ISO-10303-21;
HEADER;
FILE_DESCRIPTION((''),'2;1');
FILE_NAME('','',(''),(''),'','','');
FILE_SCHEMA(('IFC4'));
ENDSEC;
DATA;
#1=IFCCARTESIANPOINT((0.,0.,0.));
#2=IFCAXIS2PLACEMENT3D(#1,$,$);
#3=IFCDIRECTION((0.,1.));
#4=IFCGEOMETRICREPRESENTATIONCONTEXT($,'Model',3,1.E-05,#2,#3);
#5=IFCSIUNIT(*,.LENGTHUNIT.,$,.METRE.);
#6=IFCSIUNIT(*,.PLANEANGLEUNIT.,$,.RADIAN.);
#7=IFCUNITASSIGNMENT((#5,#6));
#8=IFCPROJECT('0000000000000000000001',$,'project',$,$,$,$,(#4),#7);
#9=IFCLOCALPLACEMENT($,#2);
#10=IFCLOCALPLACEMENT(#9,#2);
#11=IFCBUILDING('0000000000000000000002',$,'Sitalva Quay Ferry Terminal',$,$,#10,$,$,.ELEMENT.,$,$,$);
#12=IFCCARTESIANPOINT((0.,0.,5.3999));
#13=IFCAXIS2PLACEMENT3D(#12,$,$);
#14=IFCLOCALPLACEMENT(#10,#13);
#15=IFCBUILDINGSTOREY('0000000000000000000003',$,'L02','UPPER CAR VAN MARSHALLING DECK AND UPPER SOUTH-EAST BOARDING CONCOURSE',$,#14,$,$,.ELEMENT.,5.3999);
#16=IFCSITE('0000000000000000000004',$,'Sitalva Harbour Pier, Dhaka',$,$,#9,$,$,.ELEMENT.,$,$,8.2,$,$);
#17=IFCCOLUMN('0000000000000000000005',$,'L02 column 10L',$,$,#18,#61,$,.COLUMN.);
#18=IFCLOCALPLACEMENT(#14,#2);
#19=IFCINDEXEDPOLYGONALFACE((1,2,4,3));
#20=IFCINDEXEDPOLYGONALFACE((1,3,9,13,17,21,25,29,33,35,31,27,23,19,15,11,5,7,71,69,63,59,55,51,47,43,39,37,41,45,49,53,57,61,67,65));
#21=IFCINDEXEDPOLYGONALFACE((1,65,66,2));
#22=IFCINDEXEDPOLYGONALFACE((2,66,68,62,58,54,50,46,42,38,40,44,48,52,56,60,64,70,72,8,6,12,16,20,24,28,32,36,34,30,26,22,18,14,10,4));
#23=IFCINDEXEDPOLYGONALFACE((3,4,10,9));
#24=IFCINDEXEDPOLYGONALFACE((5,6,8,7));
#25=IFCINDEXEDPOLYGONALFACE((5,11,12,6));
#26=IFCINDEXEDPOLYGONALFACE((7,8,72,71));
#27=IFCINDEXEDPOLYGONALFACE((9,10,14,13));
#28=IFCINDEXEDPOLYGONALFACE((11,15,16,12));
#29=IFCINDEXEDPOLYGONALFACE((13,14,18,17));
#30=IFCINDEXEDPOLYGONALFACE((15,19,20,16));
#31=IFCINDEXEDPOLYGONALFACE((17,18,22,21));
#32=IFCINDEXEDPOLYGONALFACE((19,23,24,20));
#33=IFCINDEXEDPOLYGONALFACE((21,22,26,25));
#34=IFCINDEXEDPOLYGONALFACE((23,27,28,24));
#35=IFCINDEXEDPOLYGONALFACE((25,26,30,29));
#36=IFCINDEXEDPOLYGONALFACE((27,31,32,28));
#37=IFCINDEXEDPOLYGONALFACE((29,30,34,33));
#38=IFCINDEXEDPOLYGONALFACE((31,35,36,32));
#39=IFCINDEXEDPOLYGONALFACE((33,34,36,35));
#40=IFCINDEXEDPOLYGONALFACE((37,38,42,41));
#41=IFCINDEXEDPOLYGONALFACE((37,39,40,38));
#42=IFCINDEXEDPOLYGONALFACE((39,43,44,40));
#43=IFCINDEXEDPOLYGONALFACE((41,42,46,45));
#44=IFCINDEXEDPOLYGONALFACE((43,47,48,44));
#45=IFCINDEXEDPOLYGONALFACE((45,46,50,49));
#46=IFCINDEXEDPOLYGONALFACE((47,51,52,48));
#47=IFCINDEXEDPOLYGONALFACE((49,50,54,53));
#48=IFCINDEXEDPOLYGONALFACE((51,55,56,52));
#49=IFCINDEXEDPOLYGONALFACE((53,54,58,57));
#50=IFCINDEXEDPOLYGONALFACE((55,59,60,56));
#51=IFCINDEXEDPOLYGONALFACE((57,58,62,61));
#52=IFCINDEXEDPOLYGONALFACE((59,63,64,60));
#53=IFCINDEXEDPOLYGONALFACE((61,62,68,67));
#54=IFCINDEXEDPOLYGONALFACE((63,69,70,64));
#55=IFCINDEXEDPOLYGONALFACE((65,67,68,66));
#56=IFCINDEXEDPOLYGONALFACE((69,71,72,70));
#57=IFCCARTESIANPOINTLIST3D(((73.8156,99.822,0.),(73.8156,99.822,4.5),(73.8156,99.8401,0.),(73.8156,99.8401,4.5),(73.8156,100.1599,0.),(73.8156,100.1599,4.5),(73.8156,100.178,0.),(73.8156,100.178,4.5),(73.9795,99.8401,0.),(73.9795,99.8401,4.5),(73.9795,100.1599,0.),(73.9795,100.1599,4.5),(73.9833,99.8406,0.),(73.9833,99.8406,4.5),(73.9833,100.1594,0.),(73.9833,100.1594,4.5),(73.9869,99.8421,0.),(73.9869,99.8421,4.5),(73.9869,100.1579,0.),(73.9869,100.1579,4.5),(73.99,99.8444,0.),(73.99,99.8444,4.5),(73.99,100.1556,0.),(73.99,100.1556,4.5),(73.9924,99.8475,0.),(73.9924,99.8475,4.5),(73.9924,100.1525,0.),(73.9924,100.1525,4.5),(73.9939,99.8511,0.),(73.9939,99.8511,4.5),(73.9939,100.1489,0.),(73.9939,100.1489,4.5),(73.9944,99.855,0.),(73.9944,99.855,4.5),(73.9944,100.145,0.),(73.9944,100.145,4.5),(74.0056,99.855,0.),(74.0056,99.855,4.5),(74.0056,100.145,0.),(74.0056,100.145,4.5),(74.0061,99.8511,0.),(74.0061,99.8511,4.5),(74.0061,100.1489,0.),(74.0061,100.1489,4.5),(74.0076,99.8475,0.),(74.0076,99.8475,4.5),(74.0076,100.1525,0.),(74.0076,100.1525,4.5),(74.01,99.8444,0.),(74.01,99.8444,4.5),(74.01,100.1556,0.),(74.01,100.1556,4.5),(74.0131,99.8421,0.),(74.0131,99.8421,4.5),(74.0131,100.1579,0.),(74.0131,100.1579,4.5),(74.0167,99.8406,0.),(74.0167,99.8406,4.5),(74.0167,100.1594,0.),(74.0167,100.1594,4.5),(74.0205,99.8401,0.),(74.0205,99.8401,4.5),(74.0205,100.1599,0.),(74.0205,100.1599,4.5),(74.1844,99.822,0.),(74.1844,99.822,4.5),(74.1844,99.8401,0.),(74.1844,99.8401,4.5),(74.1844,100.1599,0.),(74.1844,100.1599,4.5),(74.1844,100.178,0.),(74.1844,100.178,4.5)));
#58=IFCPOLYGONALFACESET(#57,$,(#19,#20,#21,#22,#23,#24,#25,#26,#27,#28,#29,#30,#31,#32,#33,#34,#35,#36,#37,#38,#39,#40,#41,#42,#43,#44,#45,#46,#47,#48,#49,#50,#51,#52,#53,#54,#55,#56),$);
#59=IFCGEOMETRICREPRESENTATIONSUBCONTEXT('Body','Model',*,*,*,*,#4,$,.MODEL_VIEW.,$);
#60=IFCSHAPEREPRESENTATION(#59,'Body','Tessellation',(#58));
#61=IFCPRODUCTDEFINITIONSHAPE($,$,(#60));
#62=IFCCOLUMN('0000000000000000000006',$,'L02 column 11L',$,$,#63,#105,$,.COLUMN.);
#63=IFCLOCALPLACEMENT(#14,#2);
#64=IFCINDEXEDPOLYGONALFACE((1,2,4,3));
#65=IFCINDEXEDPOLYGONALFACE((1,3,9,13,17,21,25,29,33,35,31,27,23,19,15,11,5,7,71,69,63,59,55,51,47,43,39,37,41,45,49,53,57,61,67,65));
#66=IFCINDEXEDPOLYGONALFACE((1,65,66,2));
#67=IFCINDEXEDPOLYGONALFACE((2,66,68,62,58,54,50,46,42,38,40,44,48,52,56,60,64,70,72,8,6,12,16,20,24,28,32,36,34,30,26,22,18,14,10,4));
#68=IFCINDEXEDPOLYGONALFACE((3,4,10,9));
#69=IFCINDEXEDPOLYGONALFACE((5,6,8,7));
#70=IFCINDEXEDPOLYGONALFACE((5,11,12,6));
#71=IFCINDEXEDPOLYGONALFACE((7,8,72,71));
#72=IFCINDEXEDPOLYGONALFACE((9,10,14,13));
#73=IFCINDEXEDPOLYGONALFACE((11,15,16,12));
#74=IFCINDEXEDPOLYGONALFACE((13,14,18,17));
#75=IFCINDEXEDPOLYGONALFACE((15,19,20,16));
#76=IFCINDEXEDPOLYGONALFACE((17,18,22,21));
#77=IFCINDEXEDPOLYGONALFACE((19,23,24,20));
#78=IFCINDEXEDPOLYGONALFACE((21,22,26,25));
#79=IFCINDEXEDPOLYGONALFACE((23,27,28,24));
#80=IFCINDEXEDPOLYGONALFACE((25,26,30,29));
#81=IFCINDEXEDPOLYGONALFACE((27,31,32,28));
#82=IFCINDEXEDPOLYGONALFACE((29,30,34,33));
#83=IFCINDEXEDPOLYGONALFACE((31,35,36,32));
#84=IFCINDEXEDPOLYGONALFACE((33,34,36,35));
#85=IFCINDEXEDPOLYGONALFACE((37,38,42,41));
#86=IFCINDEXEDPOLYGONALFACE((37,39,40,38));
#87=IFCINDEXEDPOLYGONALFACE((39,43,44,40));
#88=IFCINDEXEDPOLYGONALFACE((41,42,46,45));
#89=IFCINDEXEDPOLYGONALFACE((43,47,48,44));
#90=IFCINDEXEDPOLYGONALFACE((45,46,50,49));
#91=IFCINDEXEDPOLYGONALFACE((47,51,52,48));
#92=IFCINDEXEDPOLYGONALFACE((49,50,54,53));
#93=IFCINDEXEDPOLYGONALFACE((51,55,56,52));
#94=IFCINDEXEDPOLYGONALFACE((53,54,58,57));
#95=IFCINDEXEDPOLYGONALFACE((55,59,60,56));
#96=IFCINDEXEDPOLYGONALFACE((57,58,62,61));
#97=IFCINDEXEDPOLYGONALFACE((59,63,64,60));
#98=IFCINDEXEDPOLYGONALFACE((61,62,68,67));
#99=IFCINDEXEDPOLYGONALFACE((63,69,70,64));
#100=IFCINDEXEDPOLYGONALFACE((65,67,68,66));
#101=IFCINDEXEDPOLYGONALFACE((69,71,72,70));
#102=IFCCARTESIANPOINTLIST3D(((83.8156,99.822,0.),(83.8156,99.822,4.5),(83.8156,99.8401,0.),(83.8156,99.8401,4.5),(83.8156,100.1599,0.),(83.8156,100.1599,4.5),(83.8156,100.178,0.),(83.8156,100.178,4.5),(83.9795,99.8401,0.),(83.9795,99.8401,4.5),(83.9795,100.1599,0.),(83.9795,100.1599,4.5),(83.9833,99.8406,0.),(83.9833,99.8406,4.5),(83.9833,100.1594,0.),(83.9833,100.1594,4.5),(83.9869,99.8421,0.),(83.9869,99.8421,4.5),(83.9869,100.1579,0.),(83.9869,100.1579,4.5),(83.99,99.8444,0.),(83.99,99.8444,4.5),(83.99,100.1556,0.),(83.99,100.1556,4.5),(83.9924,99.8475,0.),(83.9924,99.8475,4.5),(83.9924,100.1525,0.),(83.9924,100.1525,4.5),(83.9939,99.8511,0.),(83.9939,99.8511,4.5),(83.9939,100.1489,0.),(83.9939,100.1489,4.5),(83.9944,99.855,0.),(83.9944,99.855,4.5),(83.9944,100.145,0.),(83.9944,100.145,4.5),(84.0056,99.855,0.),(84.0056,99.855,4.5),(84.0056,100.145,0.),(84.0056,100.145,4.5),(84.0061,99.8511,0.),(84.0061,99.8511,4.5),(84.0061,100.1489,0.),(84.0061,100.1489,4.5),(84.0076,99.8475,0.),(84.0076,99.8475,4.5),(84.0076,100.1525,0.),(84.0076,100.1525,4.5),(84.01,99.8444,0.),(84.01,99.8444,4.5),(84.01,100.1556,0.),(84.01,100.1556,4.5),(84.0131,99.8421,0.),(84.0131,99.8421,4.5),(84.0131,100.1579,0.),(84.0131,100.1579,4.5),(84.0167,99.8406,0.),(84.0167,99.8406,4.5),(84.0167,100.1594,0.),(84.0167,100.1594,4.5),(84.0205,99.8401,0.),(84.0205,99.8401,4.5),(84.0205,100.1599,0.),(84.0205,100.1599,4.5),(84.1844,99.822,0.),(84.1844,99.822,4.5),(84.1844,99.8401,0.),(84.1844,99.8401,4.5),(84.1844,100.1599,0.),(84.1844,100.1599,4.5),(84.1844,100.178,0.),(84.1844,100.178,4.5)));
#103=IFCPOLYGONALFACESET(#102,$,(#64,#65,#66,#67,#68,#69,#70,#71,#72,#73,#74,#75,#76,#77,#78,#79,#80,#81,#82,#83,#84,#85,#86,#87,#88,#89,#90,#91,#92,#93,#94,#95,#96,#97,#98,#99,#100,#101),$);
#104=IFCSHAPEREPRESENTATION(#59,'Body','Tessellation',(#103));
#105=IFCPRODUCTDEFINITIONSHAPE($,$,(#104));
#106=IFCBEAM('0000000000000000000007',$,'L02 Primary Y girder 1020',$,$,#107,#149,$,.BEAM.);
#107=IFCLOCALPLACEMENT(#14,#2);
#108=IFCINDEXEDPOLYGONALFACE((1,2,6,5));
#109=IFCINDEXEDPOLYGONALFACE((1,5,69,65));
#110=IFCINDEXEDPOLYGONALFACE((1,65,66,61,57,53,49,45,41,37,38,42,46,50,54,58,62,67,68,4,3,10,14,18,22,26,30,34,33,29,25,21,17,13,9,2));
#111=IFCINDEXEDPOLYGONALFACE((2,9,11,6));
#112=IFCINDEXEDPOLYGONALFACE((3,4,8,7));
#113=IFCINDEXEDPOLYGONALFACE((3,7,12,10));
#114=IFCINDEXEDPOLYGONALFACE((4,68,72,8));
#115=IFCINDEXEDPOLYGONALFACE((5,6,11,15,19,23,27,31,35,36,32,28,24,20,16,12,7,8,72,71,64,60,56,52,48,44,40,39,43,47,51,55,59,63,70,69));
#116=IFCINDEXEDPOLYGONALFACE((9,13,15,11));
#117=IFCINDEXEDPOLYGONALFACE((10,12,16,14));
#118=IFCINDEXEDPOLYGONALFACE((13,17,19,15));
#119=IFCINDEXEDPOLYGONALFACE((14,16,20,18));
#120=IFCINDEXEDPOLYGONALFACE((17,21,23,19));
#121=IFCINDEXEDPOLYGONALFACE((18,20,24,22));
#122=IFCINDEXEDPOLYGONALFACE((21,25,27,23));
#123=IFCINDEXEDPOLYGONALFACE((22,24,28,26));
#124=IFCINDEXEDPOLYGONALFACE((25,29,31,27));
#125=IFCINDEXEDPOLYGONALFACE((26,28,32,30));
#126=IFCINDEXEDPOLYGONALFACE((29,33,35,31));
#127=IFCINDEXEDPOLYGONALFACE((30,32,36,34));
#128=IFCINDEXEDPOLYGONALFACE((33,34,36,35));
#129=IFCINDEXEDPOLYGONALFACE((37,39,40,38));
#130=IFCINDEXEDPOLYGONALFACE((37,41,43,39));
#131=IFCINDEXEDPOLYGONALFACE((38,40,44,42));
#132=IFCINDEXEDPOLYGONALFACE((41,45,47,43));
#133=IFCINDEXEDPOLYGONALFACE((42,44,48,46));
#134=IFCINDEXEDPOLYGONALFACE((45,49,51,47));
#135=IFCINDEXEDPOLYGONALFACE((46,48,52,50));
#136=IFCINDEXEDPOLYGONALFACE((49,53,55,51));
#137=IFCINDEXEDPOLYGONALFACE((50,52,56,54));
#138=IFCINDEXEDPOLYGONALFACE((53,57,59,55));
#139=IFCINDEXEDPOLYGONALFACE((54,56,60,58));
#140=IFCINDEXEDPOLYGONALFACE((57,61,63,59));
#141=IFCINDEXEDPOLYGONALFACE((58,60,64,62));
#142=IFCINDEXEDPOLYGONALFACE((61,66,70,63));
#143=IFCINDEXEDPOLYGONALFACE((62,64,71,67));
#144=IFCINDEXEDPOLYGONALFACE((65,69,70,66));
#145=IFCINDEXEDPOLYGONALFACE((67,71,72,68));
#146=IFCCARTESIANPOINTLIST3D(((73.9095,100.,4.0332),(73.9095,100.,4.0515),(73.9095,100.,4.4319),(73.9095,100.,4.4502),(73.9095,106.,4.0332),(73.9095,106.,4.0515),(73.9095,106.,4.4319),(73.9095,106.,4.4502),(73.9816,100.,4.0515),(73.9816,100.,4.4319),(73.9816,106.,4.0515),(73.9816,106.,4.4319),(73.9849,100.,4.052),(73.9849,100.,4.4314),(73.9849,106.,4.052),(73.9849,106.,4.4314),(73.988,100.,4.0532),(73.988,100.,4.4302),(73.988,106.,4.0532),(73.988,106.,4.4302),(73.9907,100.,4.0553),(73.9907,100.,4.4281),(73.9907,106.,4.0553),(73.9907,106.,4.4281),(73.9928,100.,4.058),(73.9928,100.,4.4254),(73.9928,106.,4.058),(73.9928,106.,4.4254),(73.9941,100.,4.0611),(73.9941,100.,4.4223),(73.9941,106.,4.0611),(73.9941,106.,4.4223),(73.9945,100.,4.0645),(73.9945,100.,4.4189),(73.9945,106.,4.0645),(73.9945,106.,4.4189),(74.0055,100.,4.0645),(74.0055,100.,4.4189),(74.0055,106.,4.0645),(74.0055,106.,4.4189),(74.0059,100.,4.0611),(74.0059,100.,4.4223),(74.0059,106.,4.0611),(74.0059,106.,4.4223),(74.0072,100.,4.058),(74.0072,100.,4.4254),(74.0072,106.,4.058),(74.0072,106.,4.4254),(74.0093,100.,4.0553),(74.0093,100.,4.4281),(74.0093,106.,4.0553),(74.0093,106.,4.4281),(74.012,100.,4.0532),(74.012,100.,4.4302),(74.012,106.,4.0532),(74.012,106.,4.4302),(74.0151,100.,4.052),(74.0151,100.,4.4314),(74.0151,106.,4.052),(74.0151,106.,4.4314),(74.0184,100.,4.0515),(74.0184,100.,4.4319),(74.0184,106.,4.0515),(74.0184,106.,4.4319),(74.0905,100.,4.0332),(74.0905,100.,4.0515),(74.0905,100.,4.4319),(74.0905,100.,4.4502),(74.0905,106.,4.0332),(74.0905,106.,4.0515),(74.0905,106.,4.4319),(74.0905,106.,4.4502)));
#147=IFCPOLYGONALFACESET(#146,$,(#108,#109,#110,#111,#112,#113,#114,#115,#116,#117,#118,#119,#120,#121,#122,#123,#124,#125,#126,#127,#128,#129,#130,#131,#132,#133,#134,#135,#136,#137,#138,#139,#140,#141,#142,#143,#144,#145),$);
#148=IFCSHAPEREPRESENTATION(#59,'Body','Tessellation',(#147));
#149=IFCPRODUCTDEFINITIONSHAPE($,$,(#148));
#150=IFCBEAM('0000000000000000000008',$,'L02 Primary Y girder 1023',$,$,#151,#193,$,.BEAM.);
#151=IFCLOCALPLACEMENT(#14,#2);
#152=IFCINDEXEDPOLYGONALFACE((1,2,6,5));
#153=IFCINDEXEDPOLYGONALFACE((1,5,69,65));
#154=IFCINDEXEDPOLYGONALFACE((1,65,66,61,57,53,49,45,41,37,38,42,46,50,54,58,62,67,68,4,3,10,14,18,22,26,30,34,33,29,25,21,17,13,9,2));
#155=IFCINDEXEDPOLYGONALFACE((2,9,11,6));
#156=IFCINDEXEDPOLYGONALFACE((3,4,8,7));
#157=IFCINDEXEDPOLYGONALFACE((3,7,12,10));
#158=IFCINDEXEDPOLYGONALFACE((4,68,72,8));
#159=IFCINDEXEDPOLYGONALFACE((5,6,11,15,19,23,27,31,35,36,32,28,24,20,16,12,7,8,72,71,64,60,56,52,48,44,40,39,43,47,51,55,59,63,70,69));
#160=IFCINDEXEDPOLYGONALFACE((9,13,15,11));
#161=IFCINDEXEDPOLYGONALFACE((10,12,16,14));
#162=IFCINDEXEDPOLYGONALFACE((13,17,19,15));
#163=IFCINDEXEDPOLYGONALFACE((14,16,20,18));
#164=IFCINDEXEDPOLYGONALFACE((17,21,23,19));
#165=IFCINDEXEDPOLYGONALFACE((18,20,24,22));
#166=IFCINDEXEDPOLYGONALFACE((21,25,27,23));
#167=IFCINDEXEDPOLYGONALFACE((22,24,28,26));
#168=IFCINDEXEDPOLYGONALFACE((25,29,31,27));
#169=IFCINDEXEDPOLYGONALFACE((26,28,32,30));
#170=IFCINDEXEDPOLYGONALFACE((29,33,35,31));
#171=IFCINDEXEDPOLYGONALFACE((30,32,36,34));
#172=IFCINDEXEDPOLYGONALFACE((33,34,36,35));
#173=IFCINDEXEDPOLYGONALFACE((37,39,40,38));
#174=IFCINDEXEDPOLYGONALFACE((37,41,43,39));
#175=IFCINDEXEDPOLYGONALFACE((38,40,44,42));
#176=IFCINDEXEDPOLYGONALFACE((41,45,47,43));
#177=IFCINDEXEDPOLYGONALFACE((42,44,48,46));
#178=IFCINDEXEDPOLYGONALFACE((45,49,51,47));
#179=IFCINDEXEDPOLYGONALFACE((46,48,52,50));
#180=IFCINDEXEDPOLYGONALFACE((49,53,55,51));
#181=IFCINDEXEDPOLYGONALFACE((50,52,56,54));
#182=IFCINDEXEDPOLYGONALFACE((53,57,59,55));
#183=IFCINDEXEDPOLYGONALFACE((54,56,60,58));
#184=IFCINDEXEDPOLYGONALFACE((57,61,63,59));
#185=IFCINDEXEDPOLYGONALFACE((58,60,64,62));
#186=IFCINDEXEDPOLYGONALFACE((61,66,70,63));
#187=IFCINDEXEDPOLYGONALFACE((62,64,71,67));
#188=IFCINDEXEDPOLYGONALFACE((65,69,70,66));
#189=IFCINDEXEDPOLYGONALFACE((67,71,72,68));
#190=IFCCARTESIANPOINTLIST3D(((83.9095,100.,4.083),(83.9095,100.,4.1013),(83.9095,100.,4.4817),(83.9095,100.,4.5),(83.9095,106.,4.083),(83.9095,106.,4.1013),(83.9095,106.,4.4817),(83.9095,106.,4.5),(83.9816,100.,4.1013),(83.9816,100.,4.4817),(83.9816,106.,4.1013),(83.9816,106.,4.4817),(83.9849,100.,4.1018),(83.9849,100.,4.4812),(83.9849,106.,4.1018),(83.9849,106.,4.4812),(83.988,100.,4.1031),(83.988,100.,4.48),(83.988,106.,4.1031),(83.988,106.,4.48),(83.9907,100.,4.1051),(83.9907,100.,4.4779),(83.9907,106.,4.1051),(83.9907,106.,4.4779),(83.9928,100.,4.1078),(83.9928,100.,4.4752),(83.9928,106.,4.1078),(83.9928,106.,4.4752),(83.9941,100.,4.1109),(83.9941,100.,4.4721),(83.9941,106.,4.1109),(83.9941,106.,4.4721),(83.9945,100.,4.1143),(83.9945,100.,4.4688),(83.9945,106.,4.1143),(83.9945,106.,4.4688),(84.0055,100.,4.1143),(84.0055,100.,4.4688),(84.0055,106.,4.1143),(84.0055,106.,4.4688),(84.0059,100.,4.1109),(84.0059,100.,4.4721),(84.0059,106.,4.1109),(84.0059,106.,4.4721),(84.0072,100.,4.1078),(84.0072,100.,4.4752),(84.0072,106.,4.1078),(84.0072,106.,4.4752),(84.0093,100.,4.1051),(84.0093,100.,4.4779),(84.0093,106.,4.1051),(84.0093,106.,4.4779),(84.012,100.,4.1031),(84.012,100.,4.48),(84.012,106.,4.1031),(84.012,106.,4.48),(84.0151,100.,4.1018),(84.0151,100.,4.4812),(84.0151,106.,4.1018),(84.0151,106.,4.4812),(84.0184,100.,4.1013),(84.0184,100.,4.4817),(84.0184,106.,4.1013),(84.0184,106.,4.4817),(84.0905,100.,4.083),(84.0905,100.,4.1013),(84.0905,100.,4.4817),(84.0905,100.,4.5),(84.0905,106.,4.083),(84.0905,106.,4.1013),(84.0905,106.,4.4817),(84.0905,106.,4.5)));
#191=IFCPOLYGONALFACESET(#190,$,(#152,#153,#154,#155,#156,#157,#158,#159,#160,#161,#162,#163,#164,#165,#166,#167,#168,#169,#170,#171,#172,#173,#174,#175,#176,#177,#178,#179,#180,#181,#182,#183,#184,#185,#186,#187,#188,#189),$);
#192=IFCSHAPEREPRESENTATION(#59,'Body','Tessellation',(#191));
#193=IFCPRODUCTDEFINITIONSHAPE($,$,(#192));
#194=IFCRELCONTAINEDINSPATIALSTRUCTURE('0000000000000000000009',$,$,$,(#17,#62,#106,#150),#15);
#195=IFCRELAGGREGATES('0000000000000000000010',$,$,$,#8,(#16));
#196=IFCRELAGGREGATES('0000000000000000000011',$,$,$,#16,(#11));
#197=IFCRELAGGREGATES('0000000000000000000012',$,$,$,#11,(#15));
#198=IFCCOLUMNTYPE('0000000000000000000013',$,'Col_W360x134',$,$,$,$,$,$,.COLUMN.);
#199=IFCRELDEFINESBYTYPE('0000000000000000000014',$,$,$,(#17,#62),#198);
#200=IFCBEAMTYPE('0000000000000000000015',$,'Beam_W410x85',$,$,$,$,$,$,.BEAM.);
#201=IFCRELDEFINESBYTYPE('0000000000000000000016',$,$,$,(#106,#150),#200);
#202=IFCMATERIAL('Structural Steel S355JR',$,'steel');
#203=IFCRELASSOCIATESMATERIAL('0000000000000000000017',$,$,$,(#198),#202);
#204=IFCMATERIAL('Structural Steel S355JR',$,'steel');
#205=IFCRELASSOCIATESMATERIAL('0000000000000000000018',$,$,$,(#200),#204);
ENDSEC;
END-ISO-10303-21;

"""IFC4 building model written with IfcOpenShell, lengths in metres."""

from ifc_helpers import new_model, si_unit, direction, frame, origin, origin_2d, place, context, subcontext, project, spatial, i_section, extrude, material, material_profile, profile_set, type_object, element, save


model = new_model("IFC4")

# Units and contexts
model_context = context("Model", 3, precision=1e-05, world=origin(), true_north=direction((0.0, 1.0)))
body_context = subcontext(model_context, "Body", "Model", "MODEL_VIEW")
ifc_project = project(units=[si_unit("LENGTHUNIT", "METRE"), si_unit("PLANEANGLEUNIT", "RADIAN")], contexts=[model_context])

# Site, building, storey
site_placement = place(None, origin())
site = spatial("IfcSite", under=ifc_project, at=site_placement, Name="Sitalva Harbour Pier, Dhaka", CompositionType="ELEMENT", RefElevation=8.2)
building_placement = place(site_placement, origin())
building = spatial("IfcBuilding", under=site, at=building_placement, Name="Sitalva Quay Ferry Terminal", CompositionType="ELEMENT")
storey_placement = place(building_placement, frame((0.0, 0.0, 5.3999)))
storey = spatial("IfcBuildingStorey", under=building, at=storey_placement, Name="L02", Description="UPPER CAR VAN MARSHALLING DECK AND UPPER SOUTH-EAST BOARDING CONCOURSE", CompositionType="ELEMENT", Elevation=5.3999)

# Columns
ifc_material_1 = material(Name="Structural Steel S355JR", Category="steel")
ifc_material_profile_1 = material_profile(ifc_material_1, i_section(OverallWidth=0.3689, OverallDepth=0.356, WebThickness=0.0112, FlangeThickness=0.0181, FilletRadius=0.0149, at=origin_2d()), Name="W360x134")
ifc_profile_set_1 = profile_set([ifc_material_profile_1], Name="Structural Steel S355JR")
column_type = type_object("IfcColumnType", Name="Col_W360x134", PredefinedType="COLUMN", material=ifc_profile_set_1)
for number, where, z_axis, x_axis, name in (
    (1, (74.0, 100.0, 0.0), (0.0, 0.0, 1.0), (1.0, 0.0, 0.0), "L02 column 10L"),
    (2, (84.0, 100.0, 0.0), (0.0, 0.0, 1.0), (1.0, 0.0, 0.0), "L02 column 11L"),
):
    element("IfcColumn", number, at=place(storey_placement, frame(where, z_axis=z_axis, x_axis=x_axis)), inside=storey, type_object=column_type, Name=name, PredefinedType="COLUMN", context=body_context, shape_type="SweptSolid", body=[
        extrude(i_section(OverallWidth=0.3689, OverallDepth=0.356, WebThickness=0.0112, FlangeThickness=0.0181, FilletRadius=0.0149, at=origin_2d()), origin(), (0.0, 0.0, 1.0), 4.5),
    ])

# Beams
ifc_material_2 = material(Name="Structural Steel S355JR", Category="steel")
ifc_material_profile_2 = material_profile(ifc_material_2, i_section(OverallWidth=0.1809, OverallDepth=0.417, WebThickness=0.011, FlangeThickness=0.0183, FilletRadius=0.0129, at=origin_2d()), Name="W410x85")
ifc_profile_set_2 = profile_set([ifc_material_profile_2], Name="Structural Steel S355JR")
beam_type_1 = type_object("IfcBeamType", Name="Beam_W410x85", PredefinedType="BEAM", material=ifc_profile_set_2)
for number, where, z_axis, x_axis, name in (
    (3, (74.0, 100.0, 4.2417), (0.0, 1.0, 0.0), (-1.0, 0.0, 0.0), "L02 Primary Y girder 1020"),
    (4, (84.0, 100.0, 4.2915), (0.0, 1.0, 0.0), (-1.0, 0.0, 0.0), "L02 Primary Y girder 1023"),
):
    element("IfcBeam", number, at=place(storey_placement, frame(where, z_axis=z_axis, x_axis=x_axis)), inside=storey, type_object=beam_type_1, Name=name, PredefinedType="BEAM", context=body_context, shape_type="SweptSolid", body=[
        extrude(i_section(OverallWidth=0.1809, OverallDepth=0.417, WebThickness=0.011, FlangeThickness=0.0183, FilletRadius=0.0129, at=origin_2d()), origin(), (0.0, 0.0, 1.0), 6.0),
    ])

save(model, "model.ifc")
